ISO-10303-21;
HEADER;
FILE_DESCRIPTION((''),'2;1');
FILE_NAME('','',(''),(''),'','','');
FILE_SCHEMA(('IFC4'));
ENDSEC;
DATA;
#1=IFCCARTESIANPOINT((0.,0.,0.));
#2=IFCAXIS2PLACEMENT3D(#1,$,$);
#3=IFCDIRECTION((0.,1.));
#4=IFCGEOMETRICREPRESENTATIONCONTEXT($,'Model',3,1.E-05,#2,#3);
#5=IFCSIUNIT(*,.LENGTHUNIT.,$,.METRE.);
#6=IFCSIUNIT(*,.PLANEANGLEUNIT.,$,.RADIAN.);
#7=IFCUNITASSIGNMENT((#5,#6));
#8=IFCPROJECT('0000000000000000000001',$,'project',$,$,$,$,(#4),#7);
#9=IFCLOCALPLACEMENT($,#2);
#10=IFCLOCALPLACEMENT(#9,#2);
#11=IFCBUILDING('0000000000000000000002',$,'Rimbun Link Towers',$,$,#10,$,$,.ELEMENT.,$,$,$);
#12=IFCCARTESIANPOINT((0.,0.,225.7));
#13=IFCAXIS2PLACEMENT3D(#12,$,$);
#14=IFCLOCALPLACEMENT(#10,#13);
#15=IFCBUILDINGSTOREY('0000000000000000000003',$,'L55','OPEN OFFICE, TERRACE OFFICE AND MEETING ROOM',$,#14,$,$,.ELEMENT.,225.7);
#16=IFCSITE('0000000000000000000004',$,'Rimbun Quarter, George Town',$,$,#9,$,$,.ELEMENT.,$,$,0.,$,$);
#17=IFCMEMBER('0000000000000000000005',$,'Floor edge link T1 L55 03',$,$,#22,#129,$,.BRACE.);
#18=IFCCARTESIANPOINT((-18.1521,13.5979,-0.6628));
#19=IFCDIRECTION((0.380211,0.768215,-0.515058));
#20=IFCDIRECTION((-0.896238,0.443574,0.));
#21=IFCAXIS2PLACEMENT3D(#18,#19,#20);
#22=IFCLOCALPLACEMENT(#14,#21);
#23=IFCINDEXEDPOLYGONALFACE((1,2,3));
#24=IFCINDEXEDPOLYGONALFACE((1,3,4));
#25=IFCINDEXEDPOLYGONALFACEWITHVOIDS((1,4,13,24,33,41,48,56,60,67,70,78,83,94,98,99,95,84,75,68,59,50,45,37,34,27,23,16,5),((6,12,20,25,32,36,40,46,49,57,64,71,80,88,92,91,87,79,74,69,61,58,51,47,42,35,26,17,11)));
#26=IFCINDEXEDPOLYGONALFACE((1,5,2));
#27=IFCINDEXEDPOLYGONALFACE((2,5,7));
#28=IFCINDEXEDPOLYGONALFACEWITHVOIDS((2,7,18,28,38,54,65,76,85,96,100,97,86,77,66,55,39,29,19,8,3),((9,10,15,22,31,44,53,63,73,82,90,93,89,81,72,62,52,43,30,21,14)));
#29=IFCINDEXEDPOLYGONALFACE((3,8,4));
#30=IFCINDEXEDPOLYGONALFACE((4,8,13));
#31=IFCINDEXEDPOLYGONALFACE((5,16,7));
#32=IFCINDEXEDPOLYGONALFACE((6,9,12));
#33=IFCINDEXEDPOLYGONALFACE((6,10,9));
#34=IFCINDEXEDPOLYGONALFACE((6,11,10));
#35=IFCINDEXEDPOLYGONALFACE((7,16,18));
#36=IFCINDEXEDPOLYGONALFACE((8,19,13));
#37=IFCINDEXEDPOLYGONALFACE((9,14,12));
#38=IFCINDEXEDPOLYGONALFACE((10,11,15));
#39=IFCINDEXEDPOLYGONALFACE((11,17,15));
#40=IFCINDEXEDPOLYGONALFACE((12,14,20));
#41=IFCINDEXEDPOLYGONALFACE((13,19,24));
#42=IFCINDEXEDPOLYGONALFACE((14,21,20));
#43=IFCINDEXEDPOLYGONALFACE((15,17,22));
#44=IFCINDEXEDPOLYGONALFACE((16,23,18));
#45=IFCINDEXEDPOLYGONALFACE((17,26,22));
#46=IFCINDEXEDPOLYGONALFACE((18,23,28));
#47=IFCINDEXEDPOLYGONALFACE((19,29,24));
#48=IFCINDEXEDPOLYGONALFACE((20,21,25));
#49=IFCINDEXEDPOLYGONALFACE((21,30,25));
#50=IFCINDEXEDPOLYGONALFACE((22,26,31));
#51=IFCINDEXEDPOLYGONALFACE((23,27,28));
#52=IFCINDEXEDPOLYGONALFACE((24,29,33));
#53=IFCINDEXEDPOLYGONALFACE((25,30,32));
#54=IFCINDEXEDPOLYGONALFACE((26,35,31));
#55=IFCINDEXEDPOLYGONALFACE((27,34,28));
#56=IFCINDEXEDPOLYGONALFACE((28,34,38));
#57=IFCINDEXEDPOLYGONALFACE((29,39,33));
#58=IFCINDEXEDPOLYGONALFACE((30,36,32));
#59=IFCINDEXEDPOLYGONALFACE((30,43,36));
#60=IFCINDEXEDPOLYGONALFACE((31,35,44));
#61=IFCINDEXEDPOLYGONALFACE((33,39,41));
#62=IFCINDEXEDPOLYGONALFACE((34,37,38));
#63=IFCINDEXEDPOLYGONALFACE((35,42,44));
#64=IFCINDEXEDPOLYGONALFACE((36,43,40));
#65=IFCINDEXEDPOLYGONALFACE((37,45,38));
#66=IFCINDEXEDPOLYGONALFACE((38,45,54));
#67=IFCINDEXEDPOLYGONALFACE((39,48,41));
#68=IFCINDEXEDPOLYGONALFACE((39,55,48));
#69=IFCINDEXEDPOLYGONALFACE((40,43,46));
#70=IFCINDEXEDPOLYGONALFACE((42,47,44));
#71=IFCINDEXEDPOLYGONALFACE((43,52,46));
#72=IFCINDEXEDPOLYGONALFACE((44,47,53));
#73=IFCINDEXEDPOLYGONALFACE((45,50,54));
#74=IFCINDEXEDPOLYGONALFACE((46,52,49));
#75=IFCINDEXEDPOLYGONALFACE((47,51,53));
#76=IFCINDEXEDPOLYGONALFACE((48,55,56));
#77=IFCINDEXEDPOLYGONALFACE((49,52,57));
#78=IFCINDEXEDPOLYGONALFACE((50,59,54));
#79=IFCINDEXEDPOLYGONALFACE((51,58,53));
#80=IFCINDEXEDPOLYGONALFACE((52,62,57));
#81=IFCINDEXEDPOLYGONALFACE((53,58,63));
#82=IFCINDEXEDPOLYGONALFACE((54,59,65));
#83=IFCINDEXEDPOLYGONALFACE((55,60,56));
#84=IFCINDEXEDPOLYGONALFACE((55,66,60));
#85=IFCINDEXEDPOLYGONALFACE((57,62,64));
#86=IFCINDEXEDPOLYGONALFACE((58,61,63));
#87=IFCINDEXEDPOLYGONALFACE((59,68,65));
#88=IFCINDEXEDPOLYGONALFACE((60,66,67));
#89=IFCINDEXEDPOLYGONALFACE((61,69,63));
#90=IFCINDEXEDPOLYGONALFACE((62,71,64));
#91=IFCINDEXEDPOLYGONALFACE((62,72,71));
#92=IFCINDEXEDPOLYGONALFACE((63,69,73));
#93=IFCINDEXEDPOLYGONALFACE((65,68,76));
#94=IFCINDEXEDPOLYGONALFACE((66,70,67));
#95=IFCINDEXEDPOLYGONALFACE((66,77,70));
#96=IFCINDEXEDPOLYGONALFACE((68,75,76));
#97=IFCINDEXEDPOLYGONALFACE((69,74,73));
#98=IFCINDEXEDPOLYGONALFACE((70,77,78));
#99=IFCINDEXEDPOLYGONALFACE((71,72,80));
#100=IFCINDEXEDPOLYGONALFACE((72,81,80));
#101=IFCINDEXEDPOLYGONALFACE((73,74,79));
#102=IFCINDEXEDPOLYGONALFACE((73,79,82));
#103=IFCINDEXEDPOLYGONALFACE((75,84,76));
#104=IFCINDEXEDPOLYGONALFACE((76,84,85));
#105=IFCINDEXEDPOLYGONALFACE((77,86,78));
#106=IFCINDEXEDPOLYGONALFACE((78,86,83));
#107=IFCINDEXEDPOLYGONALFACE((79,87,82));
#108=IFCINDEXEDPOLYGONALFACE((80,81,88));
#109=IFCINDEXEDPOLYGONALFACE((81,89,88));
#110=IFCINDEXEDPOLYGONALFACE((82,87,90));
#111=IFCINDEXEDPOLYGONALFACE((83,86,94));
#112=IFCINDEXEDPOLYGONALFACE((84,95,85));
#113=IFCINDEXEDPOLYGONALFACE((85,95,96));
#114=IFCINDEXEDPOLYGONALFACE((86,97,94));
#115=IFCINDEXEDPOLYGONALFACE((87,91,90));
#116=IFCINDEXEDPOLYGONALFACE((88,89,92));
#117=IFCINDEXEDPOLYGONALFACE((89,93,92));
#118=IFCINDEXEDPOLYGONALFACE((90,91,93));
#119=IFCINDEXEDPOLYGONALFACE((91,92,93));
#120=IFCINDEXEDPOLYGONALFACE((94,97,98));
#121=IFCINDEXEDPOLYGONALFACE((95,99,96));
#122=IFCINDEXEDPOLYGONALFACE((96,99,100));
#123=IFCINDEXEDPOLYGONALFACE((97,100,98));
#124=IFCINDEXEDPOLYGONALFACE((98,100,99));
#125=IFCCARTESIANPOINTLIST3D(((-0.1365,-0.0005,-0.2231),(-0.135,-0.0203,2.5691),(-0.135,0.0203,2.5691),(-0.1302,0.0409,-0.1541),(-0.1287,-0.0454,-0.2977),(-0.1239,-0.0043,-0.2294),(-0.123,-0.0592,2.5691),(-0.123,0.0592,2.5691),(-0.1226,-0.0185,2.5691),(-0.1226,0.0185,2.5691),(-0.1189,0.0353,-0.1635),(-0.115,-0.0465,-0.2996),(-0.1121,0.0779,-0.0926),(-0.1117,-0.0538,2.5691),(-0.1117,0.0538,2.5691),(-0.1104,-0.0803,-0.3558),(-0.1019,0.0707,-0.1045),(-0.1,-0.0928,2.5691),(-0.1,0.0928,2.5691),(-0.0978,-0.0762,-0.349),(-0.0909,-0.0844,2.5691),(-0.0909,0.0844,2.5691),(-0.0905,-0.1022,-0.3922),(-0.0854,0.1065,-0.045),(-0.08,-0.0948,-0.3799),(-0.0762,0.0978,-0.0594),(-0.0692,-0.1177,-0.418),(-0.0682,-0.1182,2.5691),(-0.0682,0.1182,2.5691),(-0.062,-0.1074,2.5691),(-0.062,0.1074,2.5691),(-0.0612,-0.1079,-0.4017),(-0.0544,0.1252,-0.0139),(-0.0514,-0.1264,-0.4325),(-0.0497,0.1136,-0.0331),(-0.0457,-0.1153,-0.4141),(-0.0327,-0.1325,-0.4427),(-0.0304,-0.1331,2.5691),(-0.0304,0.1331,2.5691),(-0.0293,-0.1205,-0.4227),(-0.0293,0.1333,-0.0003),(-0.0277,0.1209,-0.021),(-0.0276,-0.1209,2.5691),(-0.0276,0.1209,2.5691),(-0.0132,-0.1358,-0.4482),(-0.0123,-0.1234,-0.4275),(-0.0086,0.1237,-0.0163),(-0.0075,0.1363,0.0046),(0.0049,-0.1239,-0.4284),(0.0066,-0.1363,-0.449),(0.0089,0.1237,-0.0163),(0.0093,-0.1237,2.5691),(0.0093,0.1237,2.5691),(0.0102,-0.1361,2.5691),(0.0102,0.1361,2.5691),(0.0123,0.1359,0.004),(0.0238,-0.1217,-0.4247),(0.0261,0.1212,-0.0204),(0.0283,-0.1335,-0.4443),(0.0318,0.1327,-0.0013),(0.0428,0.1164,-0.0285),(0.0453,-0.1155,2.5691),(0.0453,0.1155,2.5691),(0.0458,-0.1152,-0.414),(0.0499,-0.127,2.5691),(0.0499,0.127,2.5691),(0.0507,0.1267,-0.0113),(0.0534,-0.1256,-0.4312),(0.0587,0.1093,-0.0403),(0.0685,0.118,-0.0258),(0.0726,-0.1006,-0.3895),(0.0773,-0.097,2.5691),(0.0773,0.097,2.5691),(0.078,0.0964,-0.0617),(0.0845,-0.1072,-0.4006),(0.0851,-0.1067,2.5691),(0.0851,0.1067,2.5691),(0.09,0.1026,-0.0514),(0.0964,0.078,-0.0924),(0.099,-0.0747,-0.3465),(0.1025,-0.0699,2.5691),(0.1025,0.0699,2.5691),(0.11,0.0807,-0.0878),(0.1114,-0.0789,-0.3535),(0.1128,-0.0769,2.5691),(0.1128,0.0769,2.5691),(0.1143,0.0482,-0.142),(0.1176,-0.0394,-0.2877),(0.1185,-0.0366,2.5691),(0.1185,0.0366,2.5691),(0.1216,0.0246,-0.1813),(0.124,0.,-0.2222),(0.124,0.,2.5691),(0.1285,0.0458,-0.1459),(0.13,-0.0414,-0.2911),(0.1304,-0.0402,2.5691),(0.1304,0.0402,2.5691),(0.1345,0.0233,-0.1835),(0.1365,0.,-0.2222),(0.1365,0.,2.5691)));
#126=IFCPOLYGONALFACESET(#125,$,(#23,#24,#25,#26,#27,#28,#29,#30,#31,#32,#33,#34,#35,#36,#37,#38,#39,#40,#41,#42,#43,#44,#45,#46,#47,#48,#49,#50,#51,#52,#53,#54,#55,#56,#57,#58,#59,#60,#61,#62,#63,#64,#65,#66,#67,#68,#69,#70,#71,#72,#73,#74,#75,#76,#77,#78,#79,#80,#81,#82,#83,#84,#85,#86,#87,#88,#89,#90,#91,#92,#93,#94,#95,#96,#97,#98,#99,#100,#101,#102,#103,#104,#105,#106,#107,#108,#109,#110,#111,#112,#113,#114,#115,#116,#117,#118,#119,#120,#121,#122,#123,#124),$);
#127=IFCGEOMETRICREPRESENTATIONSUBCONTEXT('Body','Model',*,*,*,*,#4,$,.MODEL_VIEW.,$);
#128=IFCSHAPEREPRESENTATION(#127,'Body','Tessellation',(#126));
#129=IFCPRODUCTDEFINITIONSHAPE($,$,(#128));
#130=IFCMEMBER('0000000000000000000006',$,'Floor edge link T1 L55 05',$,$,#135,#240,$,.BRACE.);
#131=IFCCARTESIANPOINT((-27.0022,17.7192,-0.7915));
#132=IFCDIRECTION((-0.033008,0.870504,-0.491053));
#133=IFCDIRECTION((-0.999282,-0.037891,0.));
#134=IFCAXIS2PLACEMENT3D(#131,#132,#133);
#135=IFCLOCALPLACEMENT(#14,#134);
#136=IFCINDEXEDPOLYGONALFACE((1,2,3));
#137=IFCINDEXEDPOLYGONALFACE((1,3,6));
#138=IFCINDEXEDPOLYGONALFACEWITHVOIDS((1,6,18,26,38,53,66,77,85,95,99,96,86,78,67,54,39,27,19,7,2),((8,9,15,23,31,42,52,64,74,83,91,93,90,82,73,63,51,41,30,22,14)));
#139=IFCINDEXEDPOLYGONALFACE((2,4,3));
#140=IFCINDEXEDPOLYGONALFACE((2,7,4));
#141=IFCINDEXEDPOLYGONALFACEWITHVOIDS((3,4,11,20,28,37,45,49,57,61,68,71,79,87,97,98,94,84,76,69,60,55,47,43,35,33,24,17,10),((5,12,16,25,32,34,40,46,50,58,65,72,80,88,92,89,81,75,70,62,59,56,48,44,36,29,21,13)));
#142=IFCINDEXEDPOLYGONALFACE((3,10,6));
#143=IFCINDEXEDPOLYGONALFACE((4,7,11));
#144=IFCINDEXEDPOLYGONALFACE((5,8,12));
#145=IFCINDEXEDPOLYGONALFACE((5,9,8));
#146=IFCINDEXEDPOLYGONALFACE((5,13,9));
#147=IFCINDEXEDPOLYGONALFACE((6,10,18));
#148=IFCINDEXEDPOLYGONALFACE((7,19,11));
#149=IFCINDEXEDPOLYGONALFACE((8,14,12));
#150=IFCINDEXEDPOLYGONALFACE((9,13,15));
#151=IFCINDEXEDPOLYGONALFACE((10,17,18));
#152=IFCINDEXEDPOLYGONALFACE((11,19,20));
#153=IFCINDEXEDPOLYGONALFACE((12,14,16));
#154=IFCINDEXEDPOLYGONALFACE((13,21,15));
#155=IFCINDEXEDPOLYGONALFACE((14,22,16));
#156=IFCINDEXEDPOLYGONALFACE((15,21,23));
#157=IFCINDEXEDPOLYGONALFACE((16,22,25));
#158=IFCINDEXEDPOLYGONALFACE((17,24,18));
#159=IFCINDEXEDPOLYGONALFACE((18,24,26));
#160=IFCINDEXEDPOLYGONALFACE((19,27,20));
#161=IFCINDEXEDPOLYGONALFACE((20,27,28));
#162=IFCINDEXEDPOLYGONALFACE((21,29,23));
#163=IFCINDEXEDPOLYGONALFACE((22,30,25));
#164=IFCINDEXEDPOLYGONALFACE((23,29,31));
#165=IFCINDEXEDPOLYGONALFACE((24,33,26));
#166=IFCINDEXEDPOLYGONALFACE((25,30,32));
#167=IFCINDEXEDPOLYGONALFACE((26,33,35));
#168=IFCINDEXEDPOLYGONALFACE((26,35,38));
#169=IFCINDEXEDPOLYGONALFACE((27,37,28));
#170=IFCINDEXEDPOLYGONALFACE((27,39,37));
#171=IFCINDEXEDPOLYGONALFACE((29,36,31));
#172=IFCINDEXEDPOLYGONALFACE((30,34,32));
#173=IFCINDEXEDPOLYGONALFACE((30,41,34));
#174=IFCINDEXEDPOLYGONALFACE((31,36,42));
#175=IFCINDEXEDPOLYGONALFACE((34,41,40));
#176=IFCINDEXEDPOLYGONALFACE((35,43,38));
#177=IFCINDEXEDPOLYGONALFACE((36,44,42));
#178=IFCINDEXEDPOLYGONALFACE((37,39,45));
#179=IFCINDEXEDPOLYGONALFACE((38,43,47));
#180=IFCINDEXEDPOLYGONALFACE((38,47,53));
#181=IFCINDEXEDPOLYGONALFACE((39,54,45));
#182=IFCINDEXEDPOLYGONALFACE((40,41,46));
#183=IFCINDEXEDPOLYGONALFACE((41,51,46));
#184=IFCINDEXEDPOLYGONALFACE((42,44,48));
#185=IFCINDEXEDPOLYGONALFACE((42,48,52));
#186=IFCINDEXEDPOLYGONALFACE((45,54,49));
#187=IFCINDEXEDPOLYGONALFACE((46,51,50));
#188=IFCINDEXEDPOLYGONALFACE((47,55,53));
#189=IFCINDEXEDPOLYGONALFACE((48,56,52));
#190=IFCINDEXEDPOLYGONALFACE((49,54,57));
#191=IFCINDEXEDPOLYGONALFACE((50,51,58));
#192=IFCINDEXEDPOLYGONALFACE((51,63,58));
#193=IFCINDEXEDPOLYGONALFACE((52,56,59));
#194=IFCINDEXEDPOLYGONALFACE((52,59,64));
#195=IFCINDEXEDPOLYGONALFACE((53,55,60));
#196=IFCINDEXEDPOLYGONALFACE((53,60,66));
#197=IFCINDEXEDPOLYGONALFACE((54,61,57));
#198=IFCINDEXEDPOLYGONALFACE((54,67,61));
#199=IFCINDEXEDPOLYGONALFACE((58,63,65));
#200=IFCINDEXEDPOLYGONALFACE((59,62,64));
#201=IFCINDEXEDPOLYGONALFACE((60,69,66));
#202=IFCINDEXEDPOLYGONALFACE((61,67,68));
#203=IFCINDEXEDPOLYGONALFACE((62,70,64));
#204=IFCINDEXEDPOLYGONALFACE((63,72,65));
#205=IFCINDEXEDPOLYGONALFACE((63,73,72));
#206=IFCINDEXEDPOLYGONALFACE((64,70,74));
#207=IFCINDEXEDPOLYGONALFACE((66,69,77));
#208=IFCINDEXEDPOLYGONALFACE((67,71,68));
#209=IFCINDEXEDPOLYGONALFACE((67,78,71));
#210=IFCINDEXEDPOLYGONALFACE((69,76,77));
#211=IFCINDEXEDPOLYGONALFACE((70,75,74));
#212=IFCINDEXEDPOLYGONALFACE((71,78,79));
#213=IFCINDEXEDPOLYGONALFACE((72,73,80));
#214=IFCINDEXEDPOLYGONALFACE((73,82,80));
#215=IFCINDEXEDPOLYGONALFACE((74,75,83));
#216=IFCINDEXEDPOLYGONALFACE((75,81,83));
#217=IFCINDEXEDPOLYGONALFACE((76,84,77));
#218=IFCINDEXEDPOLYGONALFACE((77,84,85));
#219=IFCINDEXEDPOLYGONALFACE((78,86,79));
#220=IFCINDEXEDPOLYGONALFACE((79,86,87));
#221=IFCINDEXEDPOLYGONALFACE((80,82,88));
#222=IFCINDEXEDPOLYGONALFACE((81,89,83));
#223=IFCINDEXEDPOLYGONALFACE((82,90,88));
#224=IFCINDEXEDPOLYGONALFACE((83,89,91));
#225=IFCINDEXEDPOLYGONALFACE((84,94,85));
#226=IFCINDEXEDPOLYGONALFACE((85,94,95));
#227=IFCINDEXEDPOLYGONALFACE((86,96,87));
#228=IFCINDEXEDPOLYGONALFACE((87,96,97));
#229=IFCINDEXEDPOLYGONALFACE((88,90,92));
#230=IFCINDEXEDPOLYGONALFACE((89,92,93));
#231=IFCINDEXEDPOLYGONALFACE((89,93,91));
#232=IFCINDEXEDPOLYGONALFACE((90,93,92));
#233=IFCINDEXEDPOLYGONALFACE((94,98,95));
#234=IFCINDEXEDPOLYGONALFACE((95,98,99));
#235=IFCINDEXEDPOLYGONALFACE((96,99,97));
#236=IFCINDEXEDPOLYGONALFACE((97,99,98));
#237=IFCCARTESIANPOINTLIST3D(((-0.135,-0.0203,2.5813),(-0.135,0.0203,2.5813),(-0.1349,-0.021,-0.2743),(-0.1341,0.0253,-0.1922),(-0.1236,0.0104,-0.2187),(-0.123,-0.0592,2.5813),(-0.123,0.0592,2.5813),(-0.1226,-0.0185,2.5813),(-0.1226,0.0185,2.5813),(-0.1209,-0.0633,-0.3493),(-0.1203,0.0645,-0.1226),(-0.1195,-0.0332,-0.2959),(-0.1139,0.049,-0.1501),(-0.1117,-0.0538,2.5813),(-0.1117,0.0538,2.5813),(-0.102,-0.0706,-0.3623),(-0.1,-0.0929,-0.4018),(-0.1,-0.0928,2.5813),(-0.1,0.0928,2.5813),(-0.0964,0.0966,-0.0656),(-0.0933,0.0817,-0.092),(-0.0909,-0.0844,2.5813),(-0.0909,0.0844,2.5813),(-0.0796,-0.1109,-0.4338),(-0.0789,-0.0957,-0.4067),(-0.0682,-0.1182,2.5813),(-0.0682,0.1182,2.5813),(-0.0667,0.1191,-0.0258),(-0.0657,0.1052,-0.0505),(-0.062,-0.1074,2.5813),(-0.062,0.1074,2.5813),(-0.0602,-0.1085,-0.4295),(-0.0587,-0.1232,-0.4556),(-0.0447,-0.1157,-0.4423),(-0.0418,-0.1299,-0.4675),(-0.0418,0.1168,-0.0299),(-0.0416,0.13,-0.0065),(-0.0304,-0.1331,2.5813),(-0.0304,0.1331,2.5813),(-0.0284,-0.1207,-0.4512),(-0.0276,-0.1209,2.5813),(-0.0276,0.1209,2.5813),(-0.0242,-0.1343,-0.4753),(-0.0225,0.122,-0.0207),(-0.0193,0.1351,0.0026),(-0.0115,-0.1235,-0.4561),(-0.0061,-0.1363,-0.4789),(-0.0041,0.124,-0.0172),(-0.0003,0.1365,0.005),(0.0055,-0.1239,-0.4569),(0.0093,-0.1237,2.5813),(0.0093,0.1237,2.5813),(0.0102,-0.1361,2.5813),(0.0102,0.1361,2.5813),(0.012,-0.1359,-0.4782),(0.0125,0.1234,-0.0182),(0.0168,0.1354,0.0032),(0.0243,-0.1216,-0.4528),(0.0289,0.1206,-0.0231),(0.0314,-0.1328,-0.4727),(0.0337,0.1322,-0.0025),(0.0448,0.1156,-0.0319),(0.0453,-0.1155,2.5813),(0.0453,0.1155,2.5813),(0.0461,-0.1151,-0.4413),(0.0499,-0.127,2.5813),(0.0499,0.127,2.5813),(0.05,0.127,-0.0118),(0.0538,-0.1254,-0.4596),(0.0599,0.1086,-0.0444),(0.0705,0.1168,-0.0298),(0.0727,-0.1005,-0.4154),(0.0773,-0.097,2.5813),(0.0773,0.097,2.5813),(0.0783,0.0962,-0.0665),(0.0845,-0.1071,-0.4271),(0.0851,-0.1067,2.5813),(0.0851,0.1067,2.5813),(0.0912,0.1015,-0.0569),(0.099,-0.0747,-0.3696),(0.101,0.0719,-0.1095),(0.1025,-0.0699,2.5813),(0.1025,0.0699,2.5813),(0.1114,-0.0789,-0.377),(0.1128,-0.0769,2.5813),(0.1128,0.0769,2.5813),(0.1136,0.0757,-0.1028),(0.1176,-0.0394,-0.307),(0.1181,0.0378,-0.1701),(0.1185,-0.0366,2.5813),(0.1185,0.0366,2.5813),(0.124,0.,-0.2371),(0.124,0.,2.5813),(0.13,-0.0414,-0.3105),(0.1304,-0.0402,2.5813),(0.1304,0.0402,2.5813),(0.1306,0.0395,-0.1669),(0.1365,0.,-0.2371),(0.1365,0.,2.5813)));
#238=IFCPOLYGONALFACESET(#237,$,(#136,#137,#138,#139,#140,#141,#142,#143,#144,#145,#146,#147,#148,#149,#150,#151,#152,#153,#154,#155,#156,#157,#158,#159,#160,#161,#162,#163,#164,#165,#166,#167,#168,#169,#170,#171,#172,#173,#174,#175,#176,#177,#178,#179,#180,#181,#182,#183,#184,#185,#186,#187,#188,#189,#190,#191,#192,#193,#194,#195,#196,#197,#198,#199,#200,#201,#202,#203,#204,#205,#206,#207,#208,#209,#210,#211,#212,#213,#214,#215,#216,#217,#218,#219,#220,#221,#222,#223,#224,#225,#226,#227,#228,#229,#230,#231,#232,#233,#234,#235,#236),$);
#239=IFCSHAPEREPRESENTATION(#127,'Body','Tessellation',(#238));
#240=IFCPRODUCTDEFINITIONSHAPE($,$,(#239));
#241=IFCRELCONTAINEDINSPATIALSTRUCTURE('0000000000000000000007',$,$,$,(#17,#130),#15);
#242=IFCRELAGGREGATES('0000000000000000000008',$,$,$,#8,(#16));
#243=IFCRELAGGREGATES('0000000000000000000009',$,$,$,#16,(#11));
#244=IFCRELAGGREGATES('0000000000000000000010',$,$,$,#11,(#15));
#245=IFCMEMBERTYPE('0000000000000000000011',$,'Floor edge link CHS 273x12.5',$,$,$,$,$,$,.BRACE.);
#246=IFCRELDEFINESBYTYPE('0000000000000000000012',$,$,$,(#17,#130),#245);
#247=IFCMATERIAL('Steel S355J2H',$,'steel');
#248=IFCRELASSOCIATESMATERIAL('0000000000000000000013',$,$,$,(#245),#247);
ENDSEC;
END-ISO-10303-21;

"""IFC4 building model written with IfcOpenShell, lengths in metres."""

from ifc_helpers import new_model, si_unit, direction, frame, origin, origin_2d, place, context, subcontext, project, spatial, hollow_circle, extrude, clip, halfspace, material, material_profile, profile_set, type_object, element, save


model = new_model("IFC4")

# Units and contexts
model_context = context("Model", 3, precision=1e-05, world=origin(), true_north=direction((0.0, 1.0)))
body_context = subcontext(model_context, "Body", "Model", "MODEL_VIEW")
ifc_project = project(units=[si_unit("LENGTHUNIT", "METRE"), si_unit("PLANEANGLEUNIT", "RADIAN")], contexts=[model_context])

# Site, building, storey
site_placement = place(None, origin())
site = spatial("IfcSite", under=ifc_project, at=site_placement, Name="Rimbun Quarter, George Town", CompositionType="ELEMENT", RefElevation=0.0)
building_placement = place(site_placement, origin())
building = spatial("IfcBuilding", under=site, at=building_placement, Name="Rimbun Link Towers", CompositionType="ELEMENT")
storey_placement = place(building_placement, frame((0.0, 0.0, 225.7)))
storey = spatial("IfcBuildingStorey", under=building, at=storey_placement, Name="L55", Description="OPEN OFFICE, TERRACE OFFICE AND MEETING ROOM", CompositionType="ELEMENT", Elevation=225.7)

# Members
ifc_material_1 = material(Name="Steel S355J2H", Category="steel")
ifc_material_profile_1 = material_profile(ifc_material_1, hollow_circle(Radius=0.1365, WallThickness=0.0125, at=origin_2d()), Name="CHS 273x12.5")
ifc_profile_set_1 = profile_set([ifc_material_profile_1], Name="Steel S355J2H")
member_type_1 = type_object("IfcMemberType", Name="Floor edge link CHS 273x12.5", PredefinedType="BRACE", material=ifc_profile_set_1)
member_1_placement = place(storey_placement, frame((-18.1521, 13.5979, -0.6628), z_axis=(0.380211, 0.768215, -0.515058), x_axis=(-0.896238, 0.443574, 0.0)))
element("IfcMember", 1, at=member_1_placement, inside=storey, type_object=member_type_1, Name="Floor edge link T1 L55 03", PredefinedType="BRACE", context=body_context, shape_type="Clipping", body=[
    clip(extrude(hollow_circle(Radius=0.1365, WallThickness=0.0125, at=origin_2d()), frame((0.0, 0.0, -0.4739)), (0.0, 0.0, 1.0), 3.043), halfspace(frame((0.0, 0.0, -0.2222), z_axis=(0.0, 0.857155, -0.515058)), False)),
])
member_2_placement = place(storey_placement, frame((-27.0022, 17.7192, -0.7915), z_axis=(-0.033008, 0.870504, -0.491053), x_axis=(-0.999282, -0.037891, 0.0)))
element("IfcMember", 2, at=member_2_placement, inside=storey, type_object=member_type_1, Name="Floor edge link T1 L55 05", PredefinedType="BRACE", context=body_context, shape_type="Clipping", body=[
    clip(extrude(hollow_circle(Radius=0.1365, WallThickness=0.0125, at=origin_2d()), frame((0.0, 0.0, -0.5046)), (0.0, 0.0, 1.0), 3.0859), halfspace(frame((0.0, 0.0, -0.2371), z_axis=(0.0, 0.871129, -0.491053)), False)),
])

save(model, "model.ifc")
